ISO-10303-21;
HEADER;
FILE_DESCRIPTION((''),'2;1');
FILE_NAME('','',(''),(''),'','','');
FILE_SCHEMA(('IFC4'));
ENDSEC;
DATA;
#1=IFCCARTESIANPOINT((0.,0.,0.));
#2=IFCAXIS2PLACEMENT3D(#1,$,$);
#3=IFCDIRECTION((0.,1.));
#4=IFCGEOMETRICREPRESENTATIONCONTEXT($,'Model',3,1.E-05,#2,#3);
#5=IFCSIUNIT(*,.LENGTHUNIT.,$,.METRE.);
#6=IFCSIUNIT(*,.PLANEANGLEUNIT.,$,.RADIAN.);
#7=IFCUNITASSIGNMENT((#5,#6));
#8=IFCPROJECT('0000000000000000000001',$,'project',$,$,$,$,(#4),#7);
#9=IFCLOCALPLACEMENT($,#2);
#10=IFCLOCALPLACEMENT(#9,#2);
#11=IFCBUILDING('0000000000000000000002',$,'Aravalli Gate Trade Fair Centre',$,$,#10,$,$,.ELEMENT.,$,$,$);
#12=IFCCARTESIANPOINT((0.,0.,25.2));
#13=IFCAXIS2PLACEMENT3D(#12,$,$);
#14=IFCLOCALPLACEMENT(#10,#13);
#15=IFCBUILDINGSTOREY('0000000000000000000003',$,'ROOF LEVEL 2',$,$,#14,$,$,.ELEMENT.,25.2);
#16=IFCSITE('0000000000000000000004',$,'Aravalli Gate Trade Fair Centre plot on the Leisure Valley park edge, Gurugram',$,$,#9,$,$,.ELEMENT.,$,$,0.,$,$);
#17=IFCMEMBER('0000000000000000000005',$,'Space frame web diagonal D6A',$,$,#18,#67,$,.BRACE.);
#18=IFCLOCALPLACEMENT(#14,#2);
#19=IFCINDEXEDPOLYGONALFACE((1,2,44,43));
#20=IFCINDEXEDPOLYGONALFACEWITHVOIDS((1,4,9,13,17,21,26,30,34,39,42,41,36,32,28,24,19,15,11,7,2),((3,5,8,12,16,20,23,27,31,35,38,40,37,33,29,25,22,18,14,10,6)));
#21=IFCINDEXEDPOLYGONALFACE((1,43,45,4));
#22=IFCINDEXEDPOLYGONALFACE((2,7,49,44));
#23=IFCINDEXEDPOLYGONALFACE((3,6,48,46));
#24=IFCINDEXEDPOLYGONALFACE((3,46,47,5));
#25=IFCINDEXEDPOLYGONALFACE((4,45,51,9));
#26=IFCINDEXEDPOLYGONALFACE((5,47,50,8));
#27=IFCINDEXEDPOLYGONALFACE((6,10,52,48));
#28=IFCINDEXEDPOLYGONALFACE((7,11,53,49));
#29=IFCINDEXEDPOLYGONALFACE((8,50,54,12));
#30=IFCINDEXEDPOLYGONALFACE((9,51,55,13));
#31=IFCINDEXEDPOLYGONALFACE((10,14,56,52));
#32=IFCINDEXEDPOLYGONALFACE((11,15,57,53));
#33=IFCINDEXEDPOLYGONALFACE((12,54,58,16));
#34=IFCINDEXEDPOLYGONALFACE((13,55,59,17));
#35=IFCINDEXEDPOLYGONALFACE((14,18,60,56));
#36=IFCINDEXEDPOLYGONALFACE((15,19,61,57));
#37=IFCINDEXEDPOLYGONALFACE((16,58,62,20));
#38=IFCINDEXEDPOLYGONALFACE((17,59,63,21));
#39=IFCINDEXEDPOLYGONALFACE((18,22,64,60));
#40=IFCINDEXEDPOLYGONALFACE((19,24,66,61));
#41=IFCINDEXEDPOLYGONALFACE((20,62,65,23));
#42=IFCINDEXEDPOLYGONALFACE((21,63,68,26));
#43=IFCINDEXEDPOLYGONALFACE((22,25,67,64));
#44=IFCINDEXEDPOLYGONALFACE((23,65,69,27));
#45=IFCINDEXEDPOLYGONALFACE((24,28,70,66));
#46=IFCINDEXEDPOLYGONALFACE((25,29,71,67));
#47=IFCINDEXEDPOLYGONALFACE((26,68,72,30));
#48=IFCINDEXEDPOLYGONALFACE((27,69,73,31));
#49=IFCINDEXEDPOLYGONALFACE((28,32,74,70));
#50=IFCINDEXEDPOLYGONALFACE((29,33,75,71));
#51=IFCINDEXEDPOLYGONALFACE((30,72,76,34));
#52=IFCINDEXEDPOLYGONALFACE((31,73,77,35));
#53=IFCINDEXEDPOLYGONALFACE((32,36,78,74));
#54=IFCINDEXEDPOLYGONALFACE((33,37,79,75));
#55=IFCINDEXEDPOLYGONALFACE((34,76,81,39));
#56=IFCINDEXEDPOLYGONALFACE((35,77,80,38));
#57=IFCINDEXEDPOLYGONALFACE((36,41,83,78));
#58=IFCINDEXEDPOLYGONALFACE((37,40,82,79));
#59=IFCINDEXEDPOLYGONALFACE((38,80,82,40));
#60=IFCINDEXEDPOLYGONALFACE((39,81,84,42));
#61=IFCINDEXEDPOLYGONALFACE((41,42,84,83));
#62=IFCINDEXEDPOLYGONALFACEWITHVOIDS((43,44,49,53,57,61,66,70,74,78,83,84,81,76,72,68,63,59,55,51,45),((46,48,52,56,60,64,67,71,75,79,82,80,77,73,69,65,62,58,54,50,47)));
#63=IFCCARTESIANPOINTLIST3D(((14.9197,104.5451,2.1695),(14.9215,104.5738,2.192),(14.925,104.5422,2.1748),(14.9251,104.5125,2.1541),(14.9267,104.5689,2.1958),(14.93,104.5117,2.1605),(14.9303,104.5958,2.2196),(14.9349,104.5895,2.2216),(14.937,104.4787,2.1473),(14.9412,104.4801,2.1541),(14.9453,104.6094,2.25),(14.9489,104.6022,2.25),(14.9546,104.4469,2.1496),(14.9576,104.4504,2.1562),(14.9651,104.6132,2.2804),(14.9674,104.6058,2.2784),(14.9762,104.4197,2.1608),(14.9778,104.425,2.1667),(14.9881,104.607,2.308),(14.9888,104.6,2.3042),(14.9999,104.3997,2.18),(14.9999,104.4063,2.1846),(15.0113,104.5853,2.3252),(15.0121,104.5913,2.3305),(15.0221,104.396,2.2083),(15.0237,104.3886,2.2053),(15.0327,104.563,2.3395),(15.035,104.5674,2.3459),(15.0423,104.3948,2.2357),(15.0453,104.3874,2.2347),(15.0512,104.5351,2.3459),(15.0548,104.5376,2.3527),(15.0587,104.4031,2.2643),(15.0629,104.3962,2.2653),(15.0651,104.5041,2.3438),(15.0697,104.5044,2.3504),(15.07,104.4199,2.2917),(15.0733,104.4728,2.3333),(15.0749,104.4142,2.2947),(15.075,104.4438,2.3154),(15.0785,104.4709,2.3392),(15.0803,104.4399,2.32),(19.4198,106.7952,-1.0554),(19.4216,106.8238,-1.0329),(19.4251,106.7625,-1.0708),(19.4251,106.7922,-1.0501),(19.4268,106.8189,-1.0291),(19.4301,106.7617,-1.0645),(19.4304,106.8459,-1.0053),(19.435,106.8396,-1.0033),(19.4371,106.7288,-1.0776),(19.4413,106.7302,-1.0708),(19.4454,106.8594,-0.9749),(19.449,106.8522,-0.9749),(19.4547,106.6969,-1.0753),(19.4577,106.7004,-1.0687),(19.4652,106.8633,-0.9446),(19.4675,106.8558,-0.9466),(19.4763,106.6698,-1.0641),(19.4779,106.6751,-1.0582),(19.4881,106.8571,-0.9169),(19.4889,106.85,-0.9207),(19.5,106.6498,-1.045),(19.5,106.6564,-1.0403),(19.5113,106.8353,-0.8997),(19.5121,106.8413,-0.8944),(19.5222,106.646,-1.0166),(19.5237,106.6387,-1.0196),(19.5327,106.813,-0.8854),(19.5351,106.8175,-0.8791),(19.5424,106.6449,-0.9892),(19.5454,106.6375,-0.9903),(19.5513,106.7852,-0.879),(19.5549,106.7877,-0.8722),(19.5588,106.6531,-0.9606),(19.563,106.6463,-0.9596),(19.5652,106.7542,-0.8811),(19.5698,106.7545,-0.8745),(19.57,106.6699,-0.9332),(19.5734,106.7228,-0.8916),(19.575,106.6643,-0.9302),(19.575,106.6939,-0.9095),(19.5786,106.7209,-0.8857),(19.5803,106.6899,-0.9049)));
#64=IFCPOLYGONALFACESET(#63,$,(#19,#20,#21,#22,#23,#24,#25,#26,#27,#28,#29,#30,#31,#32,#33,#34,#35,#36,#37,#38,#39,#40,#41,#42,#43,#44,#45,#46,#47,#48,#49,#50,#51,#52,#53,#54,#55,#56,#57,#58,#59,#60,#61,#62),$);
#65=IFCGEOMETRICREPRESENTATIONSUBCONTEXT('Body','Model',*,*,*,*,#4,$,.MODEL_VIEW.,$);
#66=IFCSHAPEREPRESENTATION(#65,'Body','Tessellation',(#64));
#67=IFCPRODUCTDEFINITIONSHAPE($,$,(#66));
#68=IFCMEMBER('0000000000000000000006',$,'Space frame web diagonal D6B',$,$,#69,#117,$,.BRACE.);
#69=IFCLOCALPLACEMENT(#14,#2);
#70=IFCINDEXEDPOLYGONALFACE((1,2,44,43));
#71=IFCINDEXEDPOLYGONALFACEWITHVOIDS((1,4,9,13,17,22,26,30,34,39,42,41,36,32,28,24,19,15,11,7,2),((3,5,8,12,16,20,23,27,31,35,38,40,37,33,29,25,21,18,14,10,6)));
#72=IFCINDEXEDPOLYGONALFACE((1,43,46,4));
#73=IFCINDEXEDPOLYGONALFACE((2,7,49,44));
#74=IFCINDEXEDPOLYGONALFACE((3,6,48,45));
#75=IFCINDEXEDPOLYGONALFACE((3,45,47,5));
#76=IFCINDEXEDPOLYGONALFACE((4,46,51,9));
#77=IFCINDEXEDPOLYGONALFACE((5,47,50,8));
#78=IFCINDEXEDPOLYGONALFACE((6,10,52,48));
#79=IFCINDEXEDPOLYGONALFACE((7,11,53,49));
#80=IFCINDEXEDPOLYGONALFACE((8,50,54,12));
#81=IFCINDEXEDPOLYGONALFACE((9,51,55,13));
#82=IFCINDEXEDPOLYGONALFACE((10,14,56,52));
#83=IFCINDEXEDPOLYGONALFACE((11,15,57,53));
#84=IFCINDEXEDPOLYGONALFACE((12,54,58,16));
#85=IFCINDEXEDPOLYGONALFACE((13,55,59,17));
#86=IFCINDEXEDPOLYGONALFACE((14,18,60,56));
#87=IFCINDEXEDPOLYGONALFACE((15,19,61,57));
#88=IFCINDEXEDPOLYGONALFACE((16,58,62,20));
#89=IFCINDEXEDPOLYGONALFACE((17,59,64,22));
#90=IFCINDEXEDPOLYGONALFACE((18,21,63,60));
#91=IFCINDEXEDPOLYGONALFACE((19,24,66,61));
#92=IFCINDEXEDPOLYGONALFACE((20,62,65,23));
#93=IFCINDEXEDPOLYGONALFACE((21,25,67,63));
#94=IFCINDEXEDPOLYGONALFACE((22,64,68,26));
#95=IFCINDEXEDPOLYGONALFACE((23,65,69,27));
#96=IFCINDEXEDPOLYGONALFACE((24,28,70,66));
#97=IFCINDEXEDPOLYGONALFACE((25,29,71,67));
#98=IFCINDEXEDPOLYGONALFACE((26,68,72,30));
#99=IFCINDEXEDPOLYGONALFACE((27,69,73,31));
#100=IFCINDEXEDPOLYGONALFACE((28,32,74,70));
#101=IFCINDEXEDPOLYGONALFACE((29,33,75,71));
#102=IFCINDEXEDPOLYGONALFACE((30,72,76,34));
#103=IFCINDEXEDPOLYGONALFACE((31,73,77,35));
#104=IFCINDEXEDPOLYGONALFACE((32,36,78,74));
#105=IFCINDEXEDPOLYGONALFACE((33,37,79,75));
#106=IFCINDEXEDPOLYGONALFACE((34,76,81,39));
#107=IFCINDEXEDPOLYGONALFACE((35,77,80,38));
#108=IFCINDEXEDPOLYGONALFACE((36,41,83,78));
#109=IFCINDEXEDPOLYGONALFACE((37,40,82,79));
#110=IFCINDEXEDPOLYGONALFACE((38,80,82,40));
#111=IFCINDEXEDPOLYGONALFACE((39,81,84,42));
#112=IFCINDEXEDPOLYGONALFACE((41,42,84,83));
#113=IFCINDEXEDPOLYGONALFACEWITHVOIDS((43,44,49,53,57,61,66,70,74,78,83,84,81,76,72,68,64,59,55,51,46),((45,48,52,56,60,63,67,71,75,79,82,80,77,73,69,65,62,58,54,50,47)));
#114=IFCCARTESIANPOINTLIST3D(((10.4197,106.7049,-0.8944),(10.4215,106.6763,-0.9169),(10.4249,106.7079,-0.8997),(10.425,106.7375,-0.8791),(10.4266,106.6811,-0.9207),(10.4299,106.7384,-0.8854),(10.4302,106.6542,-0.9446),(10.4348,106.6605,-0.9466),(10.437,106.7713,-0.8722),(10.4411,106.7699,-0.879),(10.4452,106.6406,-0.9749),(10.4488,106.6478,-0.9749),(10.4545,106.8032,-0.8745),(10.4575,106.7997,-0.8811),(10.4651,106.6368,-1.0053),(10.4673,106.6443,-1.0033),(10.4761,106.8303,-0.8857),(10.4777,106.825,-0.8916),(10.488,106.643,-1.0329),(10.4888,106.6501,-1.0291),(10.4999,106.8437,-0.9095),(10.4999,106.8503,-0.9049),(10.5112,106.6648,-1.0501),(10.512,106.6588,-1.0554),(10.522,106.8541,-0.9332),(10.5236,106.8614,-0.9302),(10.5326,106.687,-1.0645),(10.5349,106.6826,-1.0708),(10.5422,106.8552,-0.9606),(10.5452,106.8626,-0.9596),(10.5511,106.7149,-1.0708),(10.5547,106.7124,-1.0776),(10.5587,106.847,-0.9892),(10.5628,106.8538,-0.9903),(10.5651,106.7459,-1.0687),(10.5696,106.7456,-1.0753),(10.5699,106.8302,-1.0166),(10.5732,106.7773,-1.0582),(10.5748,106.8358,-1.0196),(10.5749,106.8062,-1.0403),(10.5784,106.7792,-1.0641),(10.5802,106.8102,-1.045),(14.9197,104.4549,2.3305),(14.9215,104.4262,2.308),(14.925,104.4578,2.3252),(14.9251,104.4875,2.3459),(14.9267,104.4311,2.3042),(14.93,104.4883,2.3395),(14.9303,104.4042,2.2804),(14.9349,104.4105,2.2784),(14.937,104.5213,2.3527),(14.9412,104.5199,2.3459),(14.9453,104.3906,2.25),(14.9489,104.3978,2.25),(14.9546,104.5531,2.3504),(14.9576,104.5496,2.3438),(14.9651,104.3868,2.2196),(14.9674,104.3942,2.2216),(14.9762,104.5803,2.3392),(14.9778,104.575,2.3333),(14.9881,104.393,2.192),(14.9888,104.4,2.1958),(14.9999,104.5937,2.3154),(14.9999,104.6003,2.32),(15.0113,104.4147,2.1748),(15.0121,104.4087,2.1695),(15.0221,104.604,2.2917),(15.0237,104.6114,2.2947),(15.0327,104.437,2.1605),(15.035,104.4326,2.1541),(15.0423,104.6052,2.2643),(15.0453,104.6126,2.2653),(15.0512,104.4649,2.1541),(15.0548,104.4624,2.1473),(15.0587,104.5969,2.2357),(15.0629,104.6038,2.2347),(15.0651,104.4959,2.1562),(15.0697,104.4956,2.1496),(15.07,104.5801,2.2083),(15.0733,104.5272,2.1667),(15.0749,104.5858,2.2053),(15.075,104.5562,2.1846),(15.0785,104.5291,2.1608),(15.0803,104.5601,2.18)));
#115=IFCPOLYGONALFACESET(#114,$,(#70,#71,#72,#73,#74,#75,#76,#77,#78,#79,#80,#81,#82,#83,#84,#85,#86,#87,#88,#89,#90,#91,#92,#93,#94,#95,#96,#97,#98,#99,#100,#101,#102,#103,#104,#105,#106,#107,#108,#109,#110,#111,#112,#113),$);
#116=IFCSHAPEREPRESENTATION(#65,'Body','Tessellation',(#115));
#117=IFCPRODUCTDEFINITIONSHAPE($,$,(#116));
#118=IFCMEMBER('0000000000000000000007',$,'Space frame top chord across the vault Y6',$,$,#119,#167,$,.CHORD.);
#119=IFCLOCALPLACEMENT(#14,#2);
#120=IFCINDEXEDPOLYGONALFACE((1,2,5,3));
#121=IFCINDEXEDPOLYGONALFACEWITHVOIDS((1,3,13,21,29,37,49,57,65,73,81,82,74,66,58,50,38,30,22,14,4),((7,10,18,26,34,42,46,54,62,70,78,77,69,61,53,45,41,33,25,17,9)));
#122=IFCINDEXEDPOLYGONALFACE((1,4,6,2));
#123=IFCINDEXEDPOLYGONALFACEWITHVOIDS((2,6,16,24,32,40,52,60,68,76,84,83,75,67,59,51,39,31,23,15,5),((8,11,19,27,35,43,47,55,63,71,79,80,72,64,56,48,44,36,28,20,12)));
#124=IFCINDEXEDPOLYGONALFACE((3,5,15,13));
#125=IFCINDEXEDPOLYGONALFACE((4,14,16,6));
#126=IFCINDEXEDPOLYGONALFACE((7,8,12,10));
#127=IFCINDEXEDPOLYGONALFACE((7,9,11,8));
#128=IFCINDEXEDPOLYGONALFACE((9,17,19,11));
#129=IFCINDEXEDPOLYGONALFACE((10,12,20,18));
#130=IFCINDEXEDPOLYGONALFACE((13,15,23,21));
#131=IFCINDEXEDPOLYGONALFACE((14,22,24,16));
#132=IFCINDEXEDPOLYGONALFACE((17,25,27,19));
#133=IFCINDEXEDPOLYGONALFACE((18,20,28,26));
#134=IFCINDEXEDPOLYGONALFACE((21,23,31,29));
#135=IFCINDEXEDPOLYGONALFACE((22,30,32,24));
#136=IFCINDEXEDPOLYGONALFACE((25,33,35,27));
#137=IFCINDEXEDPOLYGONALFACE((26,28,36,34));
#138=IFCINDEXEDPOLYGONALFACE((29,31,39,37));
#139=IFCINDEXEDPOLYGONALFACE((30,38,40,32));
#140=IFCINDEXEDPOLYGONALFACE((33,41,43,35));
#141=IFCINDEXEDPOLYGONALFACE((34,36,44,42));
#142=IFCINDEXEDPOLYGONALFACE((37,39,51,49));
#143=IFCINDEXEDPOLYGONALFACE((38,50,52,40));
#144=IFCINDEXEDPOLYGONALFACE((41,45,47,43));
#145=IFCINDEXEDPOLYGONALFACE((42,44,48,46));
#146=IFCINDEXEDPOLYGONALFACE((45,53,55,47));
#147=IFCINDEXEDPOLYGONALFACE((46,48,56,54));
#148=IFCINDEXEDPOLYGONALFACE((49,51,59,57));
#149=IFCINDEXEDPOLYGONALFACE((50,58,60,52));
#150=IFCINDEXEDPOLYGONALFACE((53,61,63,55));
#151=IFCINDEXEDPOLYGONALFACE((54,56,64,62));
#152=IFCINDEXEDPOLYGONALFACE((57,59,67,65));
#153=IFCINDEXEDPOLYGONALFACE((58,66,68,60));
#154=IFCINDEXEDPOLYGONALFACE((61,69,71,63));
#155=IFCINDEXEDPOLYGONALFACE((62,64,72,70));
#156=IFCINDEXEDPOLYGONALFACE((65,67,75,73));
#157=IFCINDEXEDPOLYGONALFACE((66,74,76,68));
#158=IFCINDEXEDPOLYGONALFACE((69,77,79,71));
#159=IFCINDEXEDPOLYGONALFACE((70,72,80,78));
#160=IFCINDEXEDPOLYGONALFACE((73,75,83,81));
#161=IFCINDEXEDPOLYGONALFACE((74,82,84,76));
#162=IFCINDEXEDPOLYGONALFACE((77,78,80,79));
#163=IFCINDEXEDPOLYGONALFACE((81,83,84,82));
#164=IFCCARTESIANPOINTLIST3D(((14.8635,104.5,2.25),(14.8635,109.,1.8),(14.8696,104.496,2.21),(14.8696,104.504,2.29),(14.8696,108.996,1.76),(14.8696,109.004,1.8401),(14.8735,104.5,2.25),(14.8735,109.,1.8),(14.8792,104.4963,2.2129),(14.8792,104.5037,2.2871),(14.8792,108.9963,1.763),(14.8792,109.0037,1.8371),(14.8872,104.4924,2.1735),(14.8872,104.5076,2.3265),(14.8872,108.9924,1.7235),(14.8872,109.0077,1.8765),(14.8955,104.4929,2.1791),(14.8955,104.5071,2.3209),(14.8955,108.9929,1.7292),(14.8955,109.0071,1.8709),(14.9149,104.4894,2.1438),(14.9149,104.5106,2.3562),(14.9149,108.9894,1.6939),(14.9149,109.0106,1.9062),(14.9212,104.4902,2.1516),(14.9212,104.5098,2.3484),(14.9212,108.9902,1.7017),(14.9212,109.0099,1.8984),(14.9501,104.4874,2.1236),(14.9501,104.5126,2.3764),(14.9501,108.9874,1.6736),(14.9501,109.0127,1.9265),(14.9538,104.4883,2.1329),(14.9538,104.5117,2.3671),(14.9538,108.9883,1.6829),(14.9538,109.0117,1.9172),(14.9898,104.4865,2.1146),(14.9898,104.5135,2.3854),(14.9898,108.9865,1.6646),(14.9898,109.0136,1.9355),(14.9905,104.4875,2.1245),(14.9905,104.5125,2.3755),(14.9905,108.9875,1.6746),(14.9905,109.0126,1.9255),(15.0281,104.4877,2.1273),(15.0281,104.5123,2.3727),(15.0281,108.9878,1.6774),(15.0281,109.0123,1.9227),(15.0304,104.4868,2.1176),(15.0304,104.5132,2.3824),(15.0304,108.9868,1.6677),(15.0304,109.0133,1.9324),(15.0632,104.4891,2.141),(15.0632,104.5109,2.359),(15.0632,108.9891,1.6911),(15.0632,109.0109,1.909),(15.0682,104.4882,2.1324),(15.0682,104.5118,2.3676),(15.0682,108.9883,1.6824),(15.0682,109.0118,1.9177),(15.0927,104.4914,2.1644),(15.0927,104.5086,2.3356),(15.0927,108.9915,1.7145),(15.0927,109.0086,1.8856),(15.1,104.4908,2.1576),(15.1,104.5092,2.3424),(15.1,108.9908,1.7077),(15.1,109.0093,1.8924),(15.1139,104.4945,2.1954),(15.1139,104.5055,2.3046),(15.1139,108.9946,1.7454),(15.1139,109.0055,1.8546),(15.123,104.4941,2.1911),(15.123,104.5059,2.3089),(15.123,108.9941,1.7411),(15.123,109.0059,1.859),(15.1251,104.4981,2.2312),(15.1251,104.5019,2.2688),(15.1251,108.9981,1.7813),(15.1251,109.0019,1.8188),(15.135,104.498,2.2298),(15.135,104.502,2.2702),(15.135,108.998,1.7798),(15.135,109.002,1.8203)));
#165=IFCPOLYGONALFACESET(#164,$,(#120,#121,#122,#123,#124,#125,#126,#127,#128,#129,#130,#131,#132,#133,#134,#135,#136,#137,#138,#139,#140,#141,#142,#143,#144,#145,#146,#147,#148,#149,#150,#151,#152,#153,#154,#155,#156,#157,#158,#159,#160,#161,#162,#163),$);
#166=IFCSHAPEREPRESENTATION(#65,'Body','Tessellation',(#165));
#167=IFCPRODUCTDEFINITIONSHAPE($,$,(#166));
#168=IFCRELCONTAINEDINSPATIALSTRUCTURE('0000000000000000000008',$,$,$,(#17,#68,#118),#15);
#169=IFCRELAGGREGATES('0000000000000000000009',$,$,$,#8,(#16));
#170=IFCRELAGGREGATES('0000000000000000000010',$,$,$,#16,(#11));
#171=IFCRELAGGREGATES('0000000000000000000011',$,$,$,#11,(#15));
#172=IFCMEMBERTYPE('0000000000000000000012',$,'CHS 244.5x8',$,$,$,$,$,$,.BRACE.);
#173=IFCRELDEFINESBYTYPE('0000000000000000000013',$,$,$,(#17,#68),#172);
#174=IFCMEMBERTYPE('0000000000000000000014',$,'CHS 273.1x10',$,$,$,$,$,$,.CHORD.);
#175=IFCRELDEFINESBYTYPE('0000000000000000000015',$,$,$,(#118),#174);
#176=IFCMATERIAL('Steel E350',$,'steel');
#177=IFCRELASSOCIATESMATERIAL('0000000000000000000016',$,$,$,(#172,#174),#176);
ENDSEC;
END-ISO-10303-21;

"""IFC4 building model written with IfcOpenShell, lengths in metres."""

from ifc_helpers import new_model, si_unit, direction, frame, origin, origin_2d, place, context, subcontext, project, spatial, hollow_circle, extrude, material, material_profile, profile_set, type_object, element, save


model = new_model("IFC4")

# Units and contexts
model_context = context("Model", 3, precision=1e-05, world=origin(), true_north=direction((0.0, 1.0)))
body_context = subcontext(model_context, "Body", "Model", "MODEL_VIEW")
ifc_project = project(units=[si_unit("LENGTHUNIT", "METRE"), si_unit("PLANEANGLEUNIT", "RADIAN")], contexts=[model_context])

# Site, building, storey
site_placement = place(None, origin())
site = spatial("IfcSite", under=ifc_project, at=site_placement, Name="Aravalli Gate Trade Fair Centre plot on the Leisure Valley park edge, Gurugram", CompositionType="ELEMENT", RefElevation=0.0)
building_placement = place(site_placement, origin())
building = spatial("IfcBuilding", under=site, at=building_placement, Name="Aravalli Gate Trade Fair Centre", CompositionType="ELEMENT")
storey_placement = place(building_placement, frame((0.0, 0.0, 25.2)))
storey = spatial("IfcBuildingStorey", under=building, at=storey_placement, Name="ROOF LEVEL 2", CompositionType="ELEMENT", Elevation=25.2)

# Members
ifc_material = material(Name="Steel E350", Category="steel")
ifc_material_profile_1 = material_profile(ifc_material, hollow_circle(Radius=0.1223, WallThickness=0.0081, at=origin_2d()), Name="CHS 244.5x8")
ifc_profile_set_1 = profile_set([ifc_material_profile_1], Name="Steel E350")
member_type_1 = type_object("IfcMemberType", Name="CHS 244.5x8", PredefinedType="BRACE", material=ifc_profile_set_1)
for number, where, z_axis, x_axis, name in (
    (1, (15.0, 104.5, 2.25), (0.753016, 0.376508, -0.539637), (-0.447214, 0.894427, 0.0), "Space frame web diagonal D6A"),
    (2, (15.0, 104.5, 2.25), (-0.753016, 0.376508, -0.539637), (-0.447214, -0.894427, 0.0), "Space frame web diagonal D6B"),
):
    element("IfcMember", number, at=place(storey_placement, frame(where, z_axis=z_axis, x_axis=x_axis)), inside=storey, type_object=member_type_1, Name=name, PredefinedType="BRACE", context=body_context, shape_type="SweptSolid", body=[
        extrude(hollow_circle(Radius=0.1223, WallThickness=0.0081, at=origin_2d()), origin(), (0.0, 0.0, 1.0), 5.9761),
    ])
ifc_material_profile_2 = material_profile(ifc_material, hollow_circle(Radius=0.1365, WallThickness=0.01, at=origin_2d()), Name="CHS 273.1x10")
ifc_profile_set_2 = profile_set([ifc_material_profile_2], Name="Steel E350")
member_type_2 = type_object("IfcMemberType", Name="CHS 273.1x10", PredefinedType="CHORD", material=ifc_profile_set_2)
member_placement = place(storey_placement, frame((15.0, 104.5, 2.25), z_axis=(0.0, 0.995038, -0.099493), x_axis=(-1.0, 0.0, 0.0)))
element("IfcMember", 3, at=member_placement, inside=storey, type_object=member_type_2, Name="Space frame top chord across the vault Y6", PredefinedType="CHORD", context=body_context, shape_type="SweptSolid", body=[
    extrude(hollow_circle(Radius=0.1365, WallThickness=0.01, at=origin_2d()), origin(), (0.0, 0.0, 1.0), 4.5225),
])

save(model, "model.ifc")
